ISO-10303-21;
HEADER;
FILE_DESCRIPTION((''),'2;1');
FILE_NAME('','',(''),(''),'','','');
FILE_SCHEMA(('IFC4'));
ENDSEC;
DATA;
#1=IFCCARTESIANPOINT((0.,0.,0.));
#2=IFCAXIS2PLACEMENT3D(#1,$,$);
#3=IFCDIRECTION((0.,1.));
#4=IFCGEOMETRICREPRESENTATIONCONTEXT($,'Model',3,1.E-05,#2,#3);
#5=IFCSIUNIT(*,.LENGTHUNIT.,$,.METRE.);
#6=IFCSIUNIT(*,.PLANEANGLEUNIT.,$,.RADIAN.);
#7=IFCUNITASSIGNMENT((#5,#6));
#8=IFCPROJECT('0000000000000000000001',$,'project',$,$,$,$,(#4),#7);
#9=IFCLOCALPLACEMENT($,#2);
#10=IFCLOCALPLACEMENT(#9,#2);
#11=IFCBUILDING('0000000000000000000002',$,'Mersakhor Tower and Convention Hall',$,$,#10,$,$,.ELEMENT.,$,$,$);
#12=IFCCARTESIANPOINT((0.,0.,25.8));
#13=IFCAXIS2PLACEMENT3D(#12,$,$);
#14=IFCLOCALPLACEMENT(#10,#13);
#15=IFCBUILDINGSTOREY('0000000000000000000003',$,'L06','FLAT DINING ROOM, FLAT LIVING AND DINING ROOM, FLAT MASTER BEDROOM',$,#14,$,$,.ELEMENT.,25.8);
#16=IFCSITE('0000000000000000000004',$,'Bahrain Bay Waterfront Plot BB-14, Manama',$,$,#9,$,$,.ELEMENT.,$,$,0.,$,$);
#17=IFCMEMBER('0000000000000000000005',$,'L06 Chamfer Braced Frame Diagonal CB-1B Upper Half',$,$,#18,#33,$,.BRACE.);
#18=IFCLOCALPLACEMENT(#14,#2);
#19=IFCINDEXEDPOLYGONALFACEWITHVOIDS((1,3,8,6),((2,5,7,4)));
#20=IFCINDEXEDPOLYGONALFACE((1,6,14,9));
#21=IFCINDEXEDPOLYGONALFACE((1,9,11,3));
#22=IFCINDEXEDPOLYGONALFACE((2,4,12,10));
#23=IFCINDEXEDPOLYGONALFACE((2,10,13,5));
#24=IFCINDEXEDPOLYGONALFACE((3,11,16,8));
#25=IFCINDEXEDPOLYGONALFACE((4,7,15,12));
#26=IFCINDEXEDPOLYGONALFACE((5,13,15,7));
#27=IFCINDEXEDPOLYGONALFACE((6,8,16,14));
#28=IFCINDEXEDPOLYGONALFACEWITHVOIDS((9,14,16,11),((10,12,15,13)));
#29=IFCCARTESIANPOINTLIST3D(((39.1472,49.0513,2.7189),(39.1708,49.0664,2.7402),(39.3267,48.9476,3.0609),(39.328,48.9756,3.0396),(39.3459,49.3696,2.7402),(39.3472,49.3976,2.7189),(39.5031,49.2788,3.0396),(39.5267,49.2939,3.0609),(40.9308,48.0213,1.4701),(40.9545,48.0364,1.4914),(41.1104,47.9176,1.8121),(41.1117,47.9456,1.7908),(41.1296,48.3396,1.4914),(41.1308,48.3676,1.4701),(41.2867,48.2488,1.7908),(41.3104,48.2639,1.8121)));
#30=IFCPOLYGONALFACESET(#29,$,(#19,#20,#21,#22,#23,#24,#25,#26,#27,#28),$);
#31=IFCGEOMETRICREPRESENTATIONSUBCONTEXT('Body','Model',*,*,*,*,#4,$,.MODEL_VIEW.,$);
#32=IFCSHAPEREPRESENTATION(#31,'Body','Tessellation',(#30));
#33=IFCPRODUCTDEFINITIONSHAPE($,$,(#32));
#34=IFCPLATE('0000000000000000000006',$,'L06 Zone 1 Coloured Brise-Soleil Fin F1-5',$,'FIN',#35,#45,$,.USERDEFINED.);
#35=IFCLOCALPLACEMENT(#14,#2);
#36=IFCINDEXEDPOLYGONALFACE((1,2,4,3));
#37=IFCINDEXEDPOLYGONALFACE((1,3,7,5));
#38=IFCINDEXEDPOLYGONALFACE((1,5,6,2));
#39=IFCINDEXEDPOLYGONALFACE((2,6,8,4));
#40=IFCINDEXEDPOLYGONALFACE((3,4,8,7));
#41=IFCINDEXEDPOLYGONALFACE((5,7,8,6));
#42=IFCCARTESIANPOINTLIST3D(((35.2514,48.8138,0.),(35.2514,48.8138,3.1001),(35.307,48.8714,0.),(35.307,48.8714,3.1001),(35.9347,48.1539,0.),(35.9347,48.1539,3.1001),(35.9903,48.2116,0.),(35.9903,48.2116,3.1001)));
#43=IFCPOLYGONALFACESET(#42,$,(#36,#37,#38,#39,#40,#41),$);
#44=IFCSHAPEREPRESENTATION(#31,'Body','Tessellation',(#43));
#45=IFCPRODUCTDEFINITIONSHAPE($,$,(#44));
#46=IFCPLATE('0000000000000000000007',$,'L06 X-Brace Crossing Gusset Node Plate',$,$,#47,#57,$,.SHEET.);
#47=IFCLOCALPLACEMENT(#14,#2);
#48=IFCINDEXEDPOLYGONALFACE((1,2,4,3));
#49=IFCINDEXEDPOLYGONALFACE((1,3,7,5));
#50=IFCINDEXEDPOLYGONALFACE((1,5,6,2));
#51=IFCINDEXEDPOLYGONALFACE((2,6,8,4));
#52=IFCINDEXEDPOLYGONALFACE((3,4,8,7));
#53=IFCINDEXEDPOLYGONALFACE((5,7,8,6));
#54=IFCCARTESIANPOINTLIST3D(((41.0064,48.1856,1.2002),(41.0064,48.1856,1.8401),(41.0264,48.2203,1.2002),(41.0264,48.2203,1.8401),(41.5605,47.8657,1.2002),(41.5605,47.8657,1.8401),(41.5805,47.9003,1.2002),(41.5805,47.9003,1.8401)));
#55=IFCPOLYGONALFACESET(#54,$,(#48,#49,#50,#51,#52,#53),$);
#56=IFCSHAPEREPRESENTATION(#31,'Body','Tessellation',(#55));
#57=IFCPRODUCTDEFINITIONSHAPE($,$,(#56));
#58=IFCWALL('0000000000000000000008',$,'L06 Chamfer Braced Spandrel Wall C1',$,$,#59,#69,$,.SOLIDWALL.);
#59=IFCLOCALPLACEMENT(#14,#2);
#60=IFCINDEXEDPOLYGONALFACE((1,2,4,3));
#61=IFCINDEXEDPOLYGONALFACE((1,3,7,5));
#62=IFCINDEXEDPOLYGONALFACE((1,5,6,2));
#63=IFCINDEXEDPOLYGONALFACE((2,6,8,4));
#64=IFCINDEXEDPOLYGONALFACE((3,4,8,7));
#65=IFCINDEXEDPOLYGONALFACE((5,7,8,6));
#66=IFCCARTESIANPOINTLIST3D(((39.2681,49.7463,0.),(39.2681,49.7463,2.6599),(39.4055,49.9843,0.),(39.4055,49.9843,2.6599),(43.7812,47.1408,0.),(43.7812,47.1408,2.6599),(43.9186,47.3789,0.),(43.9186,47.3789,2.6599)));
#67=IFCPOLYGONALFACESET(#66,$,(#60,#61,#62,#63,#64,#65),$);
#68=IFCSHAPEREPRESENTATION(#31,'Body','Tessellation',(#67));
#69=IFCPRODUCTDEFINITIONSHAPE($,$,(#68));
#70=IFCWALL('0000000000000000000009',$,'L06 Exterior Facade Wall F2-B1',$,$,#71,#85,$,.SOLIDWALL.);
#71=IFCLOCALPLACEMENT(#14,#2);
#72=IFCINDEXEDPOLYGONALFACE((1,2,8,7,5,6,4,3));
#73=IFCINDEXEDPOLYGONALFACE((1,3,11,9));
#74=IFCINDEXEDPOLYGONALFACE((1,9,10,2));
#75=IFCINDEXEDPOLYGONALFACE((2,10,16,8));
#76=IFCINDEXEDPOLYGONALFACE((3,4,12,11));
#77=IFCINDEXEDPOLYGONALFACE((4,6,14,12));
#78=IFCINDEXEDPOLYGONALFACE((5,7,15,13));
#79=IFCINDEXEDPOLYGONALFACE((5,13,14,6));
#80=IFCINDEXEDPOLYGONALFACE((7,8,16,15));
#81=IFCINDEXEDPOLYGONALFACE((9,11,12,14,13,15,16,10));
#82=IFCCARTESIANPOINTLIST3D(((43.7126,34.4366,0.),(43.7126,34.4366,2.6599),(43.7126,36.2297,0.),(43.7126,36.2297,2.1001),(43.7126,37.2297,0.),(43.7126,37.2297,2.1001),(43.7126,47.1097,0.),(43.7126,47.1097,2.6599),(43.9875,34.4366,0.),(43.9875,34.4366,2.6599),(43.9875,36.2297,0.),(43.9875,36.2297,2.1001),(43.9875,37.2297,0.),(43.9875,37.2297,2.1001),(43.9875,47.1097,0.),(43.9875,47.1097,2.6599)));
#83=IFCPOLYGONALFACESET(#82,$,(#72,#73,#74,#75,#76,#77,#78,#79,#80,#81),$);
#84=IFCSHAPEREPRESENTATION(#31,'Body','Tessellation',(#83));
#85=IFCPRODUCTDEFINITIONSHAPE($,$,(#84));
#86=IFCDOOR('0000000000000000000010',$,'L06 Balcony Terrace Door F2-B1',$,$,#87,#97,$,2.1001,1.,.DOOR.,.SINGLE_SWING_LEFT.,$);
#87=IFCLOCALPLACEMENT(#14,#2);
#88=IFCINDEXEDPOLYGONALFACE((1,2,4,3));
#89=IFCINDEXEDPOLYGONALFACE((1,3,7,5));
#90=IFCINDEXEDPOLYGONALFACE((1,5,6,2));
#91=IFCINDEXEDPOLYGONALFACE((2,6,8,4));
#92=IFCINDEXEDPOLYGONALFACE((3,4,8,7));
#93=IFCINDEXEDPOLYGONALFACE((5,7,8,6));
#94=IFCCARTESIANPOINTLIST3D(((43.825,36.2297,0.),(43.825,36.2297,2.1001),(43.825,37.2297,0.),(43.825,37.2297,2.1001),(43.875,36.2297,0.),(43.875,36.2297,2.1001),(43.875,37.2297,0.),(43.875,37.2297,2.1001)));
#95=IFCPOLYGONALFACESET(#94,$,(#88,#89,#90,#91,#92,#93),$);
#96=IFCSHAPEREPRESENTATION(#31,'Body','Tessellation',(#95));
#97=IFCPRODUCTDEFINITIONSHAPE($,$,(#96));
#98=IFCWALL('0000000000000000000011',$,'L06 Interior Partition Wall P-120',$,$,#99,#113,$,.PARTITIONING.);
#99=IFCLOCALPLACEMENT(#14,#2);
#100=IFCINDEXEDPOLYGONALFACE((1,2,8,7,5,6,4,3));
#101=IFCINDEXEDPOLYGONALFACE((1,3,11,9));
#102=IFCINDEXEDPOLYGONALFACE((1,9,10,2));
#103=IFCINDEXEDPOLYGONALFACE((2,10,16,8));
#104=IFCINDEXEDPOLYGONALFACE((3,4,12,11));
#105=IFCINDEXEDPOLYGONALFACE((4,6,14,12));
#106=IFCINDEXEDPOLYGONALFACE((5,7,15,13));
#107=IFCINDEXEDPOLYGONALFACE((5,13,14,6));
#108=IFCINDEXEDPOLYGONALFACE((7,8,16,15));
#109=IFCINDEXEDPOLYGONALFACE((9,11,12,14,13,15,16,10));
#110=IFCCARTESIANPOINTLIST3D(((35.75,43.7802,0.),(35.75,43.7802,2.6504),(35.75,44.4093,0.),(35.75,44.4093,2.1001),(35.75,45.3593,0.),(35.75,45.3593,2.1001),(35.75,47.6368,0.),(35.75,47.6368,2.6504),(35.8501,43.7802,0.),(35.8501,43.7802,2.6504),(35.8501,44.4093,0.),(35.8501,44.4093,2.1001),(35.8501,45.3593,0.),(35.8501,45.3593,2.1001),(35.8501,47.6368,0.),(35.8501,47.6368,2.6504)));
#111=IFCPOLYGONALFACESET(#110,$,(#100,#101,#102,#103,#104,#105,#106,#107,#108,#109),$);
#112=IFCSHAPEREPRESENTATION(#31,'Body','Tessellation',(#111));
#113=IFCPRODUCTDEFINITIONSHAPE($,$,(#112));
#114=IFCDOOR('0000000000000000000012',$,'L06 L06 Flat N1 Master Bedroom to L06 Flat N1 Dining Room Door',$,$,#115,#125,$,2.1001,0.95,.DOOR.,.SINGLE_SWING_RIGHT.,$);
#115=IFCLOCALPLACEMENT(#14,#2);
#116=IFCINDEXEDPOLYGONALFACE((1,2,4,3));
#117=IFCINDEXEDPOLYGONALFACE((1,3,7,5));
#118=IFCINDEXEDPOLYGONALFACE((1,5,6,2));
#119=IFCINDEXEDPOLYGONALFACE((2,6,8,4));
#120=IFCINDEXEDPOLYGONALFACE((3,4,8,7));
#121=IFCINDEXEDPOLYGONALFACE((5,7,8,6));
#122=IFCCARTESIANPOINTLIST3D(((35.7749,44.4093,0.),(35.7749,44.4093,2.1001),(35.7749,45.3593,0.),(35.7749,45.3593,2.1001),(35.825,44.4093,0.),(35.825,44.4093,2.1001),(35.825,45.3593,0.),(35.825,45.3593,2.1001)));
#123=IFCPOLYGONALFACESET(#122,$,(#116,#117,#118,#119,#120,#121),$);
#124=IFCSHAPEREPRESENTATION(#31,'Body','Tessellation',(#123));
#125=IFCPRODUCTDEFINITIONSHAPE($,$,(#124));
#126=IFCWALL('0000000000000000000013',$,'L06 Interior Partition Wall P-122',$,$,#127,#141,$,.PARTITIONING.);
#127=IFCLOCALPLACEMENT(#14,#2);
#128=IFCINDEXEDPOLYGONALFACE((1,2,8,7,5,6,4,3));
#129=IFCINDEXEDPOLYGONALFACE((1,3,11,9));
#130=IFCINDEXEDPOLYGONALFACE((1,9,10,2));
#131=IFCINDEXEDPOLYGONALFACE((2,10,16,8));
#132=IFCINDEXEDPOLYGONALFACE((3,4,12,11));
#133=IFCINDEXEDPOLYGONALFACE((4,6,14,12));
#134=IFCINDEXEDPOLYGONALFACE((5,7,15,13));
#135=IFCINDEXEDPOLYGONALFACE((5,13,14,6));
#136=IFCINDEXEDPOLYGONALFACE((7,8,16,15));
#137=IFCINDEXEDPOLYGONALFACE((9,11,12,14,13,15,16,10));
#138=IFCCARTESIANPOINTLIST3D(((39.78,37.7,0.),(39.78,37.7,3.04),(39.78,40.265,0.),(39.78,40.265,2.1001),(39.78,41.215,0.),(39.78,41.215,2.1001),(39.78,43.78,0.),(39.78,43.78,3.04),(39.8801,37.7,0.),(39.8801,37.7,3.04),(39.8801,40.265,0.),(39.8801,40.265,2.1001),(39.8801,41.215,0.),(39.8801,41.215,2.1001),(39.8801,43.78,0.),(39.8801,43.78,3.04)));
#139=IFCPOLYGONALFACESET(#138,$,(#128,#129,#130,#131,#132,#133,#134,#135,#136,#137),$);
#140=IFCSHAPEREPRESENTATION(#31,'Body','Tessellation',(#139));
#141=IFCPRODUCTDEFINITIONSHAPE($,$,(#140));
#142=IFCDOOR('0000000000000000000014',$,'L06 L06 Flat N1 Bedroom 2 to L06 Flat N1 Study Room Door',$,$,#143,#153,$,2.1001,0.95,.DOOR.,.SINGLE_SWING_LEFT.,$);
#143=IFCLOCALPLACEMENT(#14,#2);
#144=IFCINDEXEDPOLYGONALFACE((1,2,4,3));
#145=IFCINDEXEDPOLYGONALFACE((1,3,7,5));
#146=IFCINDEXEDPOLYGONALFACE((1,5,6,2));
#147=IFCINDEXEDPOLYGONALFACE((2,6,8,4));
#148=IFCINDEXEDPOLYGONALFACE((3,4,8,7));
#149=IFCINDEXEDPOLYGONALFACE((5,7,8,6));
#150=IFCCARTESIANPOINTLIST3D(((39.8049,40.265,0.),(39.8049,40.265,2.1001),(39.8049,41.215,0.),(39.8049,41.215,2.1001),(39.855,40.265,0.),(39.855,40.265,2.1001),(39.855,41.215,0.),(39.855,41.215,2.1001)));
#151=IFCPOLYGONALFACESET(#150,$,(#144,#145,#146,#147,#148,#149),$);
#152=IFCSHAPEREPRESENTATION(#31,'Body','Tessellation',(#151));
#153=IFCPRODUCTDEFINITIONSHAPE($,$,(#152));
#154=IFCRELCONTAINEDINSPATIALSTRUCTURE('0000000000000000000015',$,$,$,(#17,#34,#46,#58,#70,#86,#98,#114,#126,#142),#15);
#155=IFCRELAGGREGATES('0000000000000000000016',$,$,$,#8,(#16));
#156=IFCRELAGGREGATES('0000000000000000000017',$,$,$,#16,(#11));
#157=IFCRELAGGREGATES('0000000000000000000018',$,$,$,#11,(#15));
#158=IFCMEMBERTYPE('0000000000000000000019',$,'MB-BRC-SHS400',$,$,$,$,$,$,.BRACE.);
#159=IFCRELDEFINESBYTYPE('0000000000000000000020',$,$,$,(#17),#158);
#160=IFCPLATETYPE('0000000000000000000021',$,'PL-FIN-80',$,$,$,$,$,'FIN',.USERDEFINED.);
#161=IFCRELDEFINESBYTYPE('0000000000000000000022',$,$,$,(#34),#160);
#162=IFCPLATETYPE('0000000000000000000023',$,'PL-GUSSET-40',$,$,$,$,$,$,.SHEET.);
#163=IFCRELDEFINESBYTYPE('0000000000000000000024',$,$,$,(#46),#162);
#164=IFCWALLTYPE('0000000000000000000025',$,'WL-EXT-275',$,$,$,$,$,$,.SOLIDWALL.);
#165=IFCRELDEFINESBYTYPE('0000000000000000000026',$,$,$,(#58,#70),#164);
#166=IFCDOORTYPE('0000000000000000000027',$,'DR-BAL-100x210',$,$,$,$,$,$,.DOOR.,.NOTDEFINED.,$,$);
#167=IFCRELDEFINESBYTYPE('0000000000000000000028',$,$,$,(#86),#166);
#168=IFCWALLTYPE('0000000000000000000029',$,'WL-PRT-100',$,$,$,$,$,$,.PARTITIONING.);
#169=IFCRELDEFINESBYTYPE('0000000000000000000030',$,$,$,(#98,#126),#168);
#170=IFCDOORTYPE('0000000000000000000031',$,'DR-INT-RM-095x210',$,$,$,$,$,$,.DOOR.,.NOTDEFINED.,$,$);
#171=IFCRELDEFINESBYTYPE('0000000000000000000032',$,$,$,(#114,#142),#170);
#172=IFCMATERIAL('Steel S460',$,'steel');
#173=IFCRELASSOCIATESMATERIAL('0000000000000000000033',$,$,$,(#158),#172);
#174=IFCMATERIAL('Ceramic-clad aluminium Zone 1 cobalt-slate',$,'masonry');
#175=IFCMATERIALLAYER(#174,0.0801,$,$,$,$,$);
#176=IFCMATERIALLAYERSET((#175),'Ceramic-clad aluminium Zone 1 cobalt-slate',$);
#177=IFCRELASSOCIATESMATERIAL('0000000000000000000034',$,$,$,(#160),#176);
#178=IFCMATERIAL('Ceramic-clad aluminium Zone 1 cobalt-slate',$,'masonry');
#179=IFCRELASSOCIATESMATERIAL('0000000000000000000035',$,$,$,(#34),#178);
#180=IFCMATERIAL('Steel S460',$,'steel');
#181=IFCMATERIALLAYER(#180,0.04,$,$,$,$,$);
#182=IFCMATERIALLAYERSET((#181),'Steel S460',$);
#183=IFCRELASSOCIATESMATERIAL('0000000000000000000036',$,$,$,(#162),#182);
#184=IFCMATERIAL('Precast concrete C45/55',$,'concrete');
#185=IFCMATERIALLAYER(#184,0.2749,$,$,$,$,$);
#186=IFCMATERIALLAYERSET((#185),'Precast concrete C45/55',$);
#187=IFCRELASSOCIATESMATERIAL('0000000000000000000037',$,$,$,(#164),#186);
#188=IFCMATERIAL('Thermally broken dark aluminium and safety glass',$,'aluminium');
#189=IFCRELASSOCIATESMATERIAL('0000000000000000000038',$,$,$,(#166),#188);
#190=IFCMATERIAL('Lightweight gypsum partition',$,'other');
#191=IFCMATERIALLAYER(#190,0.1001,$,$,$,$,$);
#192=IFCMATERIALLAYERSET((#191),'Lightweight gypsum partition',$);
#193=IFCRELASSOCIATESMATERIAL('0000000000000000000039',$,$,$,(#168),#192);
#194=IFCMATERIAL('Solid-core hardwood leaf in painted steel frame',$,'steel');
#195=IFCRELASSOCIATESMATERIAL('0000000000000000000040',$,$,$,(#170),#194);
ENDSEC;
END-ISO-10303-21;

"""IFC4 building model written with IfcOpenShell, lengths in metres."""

from ifc_helpers import new_model, si_unit, direction, frame, frame_2d, origin, origin_2d, place, context, subcontext, project, spatial, rectangle, hollow_rectangle, extrude, material, layer, layer_set, material_profile, profile_set, type_object, element, fill, save


model = new_model("IFC4")

# Units and contexts
model_context = context("Model", 3, precision=1e-05, world=origin(), true_north=direction((0.0, 1.0)))
body_context = subcontext(model_context, "Body", "Model", "MODEL_VIEW")
ifc_project = project(units=[si_unit("LENGTHUNIT", "METRE"), si_unit("PLANEANGLEUNIT", "RADIAN")], contexts=[model_context])

# Site, building, storey
site_placement = place(None, origin())
site = spatial("IfcSite", under=ifc_project, at=site_placement, Name="Bahrain Bay Waterfront Plot BB-14, Manama", CompositionType="ELEMENT", RefElevation=0.0)
building_placement = place(site_placement, origin())
building = spatial("IfcBuilding", under=site, at=building_placement, Name="Mersakhor Tower and Convention Hall", CompositionType="ELEMENT")
storey_placement = place(building_placement, frame((0.0, 0.0, 25.8)))
storey = spatial("IfcBuildingStorey", under=building, at=storey_placement, Name="L06", Description="FLAT DINING ROOM, FLAT LIVING AND DINING ROOM, FLAT MASTER BEDROOM", CompositionType="ELEMENT", Elevation=25.8)

# Member
ifc_material_1 = material(Name="Steel S460", Category="steel")
ifc_material_profile_1 = material_profile(ifc_material_1, hollow_rectangle(XDim=0.3999, YDim=0.3999, WallThickness=0.0249, at=origin_2d()), Name="SHS 400x400x25")
ifc_profile_set_1 = profile_set([ifc_material_profile_1], Name="Steel S460")
member_type = type_object("IfcMemberType", Name="MB-BRC-SHS400", PredefinedType="BRACE", material=ifc_profile_set_1)
for number, where, z_axis, x_axis, name in (
    (1, (41.1206, 48.1426, 1.6411), (-0.740512, 0.427624, 0.51844), (-0.500078, -0.86598, 0.0), "L06 Chamfer Braced Frame Diagonal CB-1B Upper Half"),
):
    element("IfcMember", number, at=place(storey_placement, frame(where, z_axis=z_axis, x_axis=x_axis)), inside=storey, type_object=member_type, Name=name, PredefinedType="BRACE", context=body_context, shape_type="SweptSolid", body=[
        extrude(hollow_rectangle(XDim=0.3999, YDim=0.3999, WallThickness=0.0249, at=origin_2d()), origin(), (0.0, 0.0, 1.0), 2.4087),
    ])

# Plates
ifc_material_2 = material(Name="Ceramic-clad aluminium Zone 1 cobalt-slate", Category="masonry")
ifc_material_3 = material(Name="Ceramic-clad aluminium Zone 1 cobalt-slate", Category="masonry")
ifc_layer_1 = layer(ifc_material_3, 0.0801)
ifc_layer_set_1 = layer_set([ifc_layer_1], Name="Ceramic-clad aluminium Zone 1 cobalt-slate")
plate_type_1 = type_object("IfcPlateType", Name="PL-FIN-80", ElementType="FIN", PredefinedType="USERDEFINED", material=ifc_layer_set_1)
plate_1_placement = place(storey_placement, frame((35.6208, 48.5127, 0.0), z_axis=(0.0, 0.0, 1.0), x_axis=(-0.71934, 0.694658, 0.0)))
element("IfcPlate", 2, at=plate_1_placement, inside=storey, type_object=plate_type_1, material=ifc_material_2, Name="L06 Zone 1 Coloured Brise-Soleil Fin F1-5", ObjectType="FIN", PredefinedType="USERDEFINED", context=body_context, shape_type="SweptSolid", body=[
    extrude(rectangle(XDim=0.95, YDim=0.0801, at=origin_2d()), origin(), (0.0, 0.0, 1.0), 3.1001),
])
ifc_material_4 = material(Name="Steel S460", Category="steel")
ifc_layer_2 = layer(ifc_material_4, 0.04)
ifc_layer_set_2 = layer_set([ifc_layer_2], Name="Steel S460")
plate_type_2 = type_object("IfcPlateType", Name="PL-GUSSET-40", PredefinedType="SHEET", material=ifc_layer_set_2)
plate_2_placement = place(storey_placement, frame((41.2935, 48.043, 1.2002), z_axis=(0.0, 0.0, 1.0), x_axis=(-0.866025, 0.5, 0.0)))
element("IfcPlate", 3, at=plate_2_placement, inside=storey, type_object=plate_type_2, Name="L06 X-Brace Crossing Gusset Node Plate", PredefinedType="SHEET", context=body_context, shape_type="SweptSolid", body=[
    extrude(rectangle(XDim=0.6399, YDim=0.04, at=origin_2d()), origin(), (0.0, 0.0, 1.0), 0.6399),
])

# Wall
ifc_material_5 = material(Name="Precast concrete C45/55", Category="concrete")
ifc_layer_3 = layer(ifc_material_5, 0.2749)
ifc_layer_set_3 = layer_set([ifc_layer_3], Name="Precast concrete C45/55")
wall_type_1 = type_object("IfcWallType", Name="WL-EXT-275", PredefinedType="SOLIDWALL", material=ifc_layer_set_3)
wall_1_placement = place(storey_placement, frame((39.3369, 49.8652, 0.0), z_axis=(0.0, 0.0, 1.0), x_axis=(0.866044, -0.499968, 0.0)))
element("IfcWall", 4, at=wall_1_placement, inside=storey, type_object=wall_type_1, Name="L06 Chamfer Braced Spandrel Wall C1", PredefinedType="SOLIDWALL", context=body_context, shape_type="SweptSolid", body=[
    extrude(rectangle(XDim=5.2112, YDim=0.2749, at=frame_2d((2.6055, 0.0))), origin(), (0.0, 0.0, 1.0), 2.6599),
])

# Walls, openings, doors
wall_2_placement = place(storey_placement, frame((43.8501, 47.1096, 0.0), z_axis=(0.0, 0.0, 1.0), x_axis=(0.0, -1.0, 0.0)))
wall_2 = element("IfcWall", 5, at=wall_2_placement, inside=storey, type_object=wall_type_1, Name="L06 Exterior Facade Wall F2-B1", PredefinedType="SOLIDWALL", context=body_context, shape_type="SweptSolid", body=[
    extrude(rectangle(XDim=12.6731, YDim=0.2749, at=frame_2d((6.3364, 0.0))), origin(), (0.0, 0.0, 1.0), 2.6599),
])
opening_1_placement = place(wall_2_placement, frame((9.8799, 0.0, 0.0)))
opening_1 = element("IfcOpeningElement", 6, at=opening_1_placement, cuts=wall_2, PredefinedType="OPENING", context=body_context, shape_type="SweptSolid", body=[
    extrude(rectangle(XDim=1.0, YDim=2.1001, at=frame_2d((0.5, 1.05))), frame((0.0, 0.1475, 0.0), z_axis=(0.0, -1.0, 0.0), x_axis=(1.0, 0.0, 0.0)), (0.0, 0.0, 1.0), 0.2949),
])
ifc_material_6 = material(Name="Thermally broken dark aluminium and safety glass", Category="aluminium")
door_type_1 = type_object("IfcDoorType", Name="DR-BAL-100x210", OperationType="NOTDEFINED", PredefinedType="DOOR", material=ifc_material_6)
door_1_placement = place(opening_1_placement, origin())
door_1 = element("IfcDoor", 7, at=door_1_placement, inside=storey, type_object=door_type_1, Name="L06 Balcony Terrace Door F2-B1", OperationType="SINGLE_SWING_LEFT", OverallHeight=2.1001, OverallWidth=1.0, PredefinedType="DOOR", context=body_context, shape_type="SweptSolid", body=[
    extrude(rectangle(XDim=1.0, YDim=2.1001, at=frame_2d((0.5, 1.05))), frame((0.0, 0.0249, 0.0), z_axis=(0.0, -1.0, 0.0), x_axis=(1.0, 0.0, 0.0)), (0.0, 0.0, 1.0), 0.05),
])
fill(opening_1, door_1)
ifc_material_7 = material(Name="Lightweight gypsum partition", Category="other")
ifc_layer_4 = layer(ifc_material_7, 0.1001)
ifc_layer_set_4 = layer_set([ifc_layer_4], Name="Lightweight gypsum partition")
wall_type_2 = type_object("IfcWallType", Name="WL-PRT-100", PredefinedType="PARTITIONING", material=ifc_layer_set_4)
wall_3_placement = place(storey_placement, frame((35.8, 47.6367, 0.0), z_axis=(0.0, 0.0, 1.0), x_axis=(0.0, -1.0, 0.0)))
wall_3 = element("IfcWall", 8, at=wall_3_placement, inside=storey, type_object=wall_type_2, Name="L06 Interior Partition Wall P-120", PredefinedType="PARTITIONING", context=body_context, shape_type="SweptSolid", body=[
    extrude(rectangle(XDim=3.8567, YDim=0.1001, at=frame_2d((1.9282, 0.0))), origin(), (0.0, 0.0, 1.0), 2.6504),
])
opening_2_placement = place(wall_3_placement, frame((2.2773, 0.0, 0.0)))
opening_2 = element("IfcOpeningElement", 9, at=opening_2_placement, cuts=wall_3, PredefinedType="OPENING", context=body_context, shape_type="SweptSolid", body=[
    extrude(rectangle(XDim=0.95, YDim=2.1001, at=frame_2d((0.4751, 1.05))), frame((0.0, 0.0601, 0.0), z_axis=(0.0, -1.0, 0.0), x_axis=(1.0, 0.0, 0.0)), (0.0, 0.0, 1.0), 0.1201),
])
ifc_material_8 = material(Name="Solid-core hardwood leaf in painted steel frame", Category="steel")
door_type_2 = type_object("IfcDoorType", Name="DR-INT-RM-095x210", OperationType="NOTDEFINED", PredefinedType="DOOR", material=ifc_material_8)
door_2_placement = place(opening_2_placement, origin())
door_2 = element("IfcDoor", 10, at=door_2_placement, inside=storey, type_object=door_type_2, Name="L06 L06 Flat N1 Master Bedroom to L06 Flat N1 Dining Room Door", OperationType="SINGLE_SWING_RIGHT", OverallHeight=2.1001, OverallWidth=0.95, PredefinedType="DOOR", context=body_context, shape_type="SweptSolid", body=[
    extrude(rectangle(XDim=0.95, YDim=2.1001, at=frame_2d((0.4751, 1.05))), frame((0.0, 0.0249, 0.0), z_axis=(0.0, -1.0, 0.0), x_axis=(1.0, 0.0, 0.0)), (0.0, 0.0, 1.0), 0.05),
])
fill(opening_2, door_2)
wall_4_placement = place(storey_placement, frame((39.8301, 43.78, 0.0), z_axis=(0.0, 0.0, 1.0), x_axis=(0.0, -1.0, 0.0)))
wall_4 = element("IfcWall", 11, at=wall_4_placement, inside=storey, type_object=wall_type_2, Name="L06 Interior Partition Wall P-122", PredefinedType="PARTITIONING", context=body_context, shape_type="SweptSolid", body=[
    extrude(rectangle(XDim=6.0801, YDim=0.1001, at=frame_2d((3.04, 0.0))), origin(), (0.0, 0.0, 1.0), 3.04),
])
opening_3_placement = place(wall_4_placement, frame((2.5649, 0.0, 0.0)))
opening_3 = element("IfcOpeningElement", 12, at=opening_3_placement, cuts=wall_4, PredefinedType="OPENING", context=body_context, shape_type="SweptSolid", body=[
    extrude(rectangle(XDim=0.95, YDim=2.1001, at=frame_2d((0.4751, 1.05))), frame((0.0, 0.0601, 0.0), z_axis=(0.0, -1.0, 0.0), x_axis=(1.0, 0.0, 0.0)), (0.0, 0.0, 1.0), 0.1201),
])
door_3_placement = place(opening_3_placement, origin())
door_3 = element("IfcDoor", 13, at=door_3_placement, inside=storey, type_object=door_type_2, Name="L06 L06 Flat N1 Bedroom 2 to L06 Flat N1 Study Room Door", OperationType="SINGLE_SWING_LEFT", OverallHeight=2.1001, OverallWidth=0.95, PredefinedType="DOOR", context=body_context, shape_type="SweptSolid", body=[
    extrude(rectangle(XDim=0.95, YDim=2.1001, at=frame_2d((0.4751, 1.05))), frame((0.0, 0.0249, 0.0), z_axis=(0.0, -1.0, 0.0), x_axis=(1.0, 0.0, 0.0)), (0.0, 0.0, 1.0), 0.05),
])
fill(opening_3, door_3)

save(model, "model.ifc")
